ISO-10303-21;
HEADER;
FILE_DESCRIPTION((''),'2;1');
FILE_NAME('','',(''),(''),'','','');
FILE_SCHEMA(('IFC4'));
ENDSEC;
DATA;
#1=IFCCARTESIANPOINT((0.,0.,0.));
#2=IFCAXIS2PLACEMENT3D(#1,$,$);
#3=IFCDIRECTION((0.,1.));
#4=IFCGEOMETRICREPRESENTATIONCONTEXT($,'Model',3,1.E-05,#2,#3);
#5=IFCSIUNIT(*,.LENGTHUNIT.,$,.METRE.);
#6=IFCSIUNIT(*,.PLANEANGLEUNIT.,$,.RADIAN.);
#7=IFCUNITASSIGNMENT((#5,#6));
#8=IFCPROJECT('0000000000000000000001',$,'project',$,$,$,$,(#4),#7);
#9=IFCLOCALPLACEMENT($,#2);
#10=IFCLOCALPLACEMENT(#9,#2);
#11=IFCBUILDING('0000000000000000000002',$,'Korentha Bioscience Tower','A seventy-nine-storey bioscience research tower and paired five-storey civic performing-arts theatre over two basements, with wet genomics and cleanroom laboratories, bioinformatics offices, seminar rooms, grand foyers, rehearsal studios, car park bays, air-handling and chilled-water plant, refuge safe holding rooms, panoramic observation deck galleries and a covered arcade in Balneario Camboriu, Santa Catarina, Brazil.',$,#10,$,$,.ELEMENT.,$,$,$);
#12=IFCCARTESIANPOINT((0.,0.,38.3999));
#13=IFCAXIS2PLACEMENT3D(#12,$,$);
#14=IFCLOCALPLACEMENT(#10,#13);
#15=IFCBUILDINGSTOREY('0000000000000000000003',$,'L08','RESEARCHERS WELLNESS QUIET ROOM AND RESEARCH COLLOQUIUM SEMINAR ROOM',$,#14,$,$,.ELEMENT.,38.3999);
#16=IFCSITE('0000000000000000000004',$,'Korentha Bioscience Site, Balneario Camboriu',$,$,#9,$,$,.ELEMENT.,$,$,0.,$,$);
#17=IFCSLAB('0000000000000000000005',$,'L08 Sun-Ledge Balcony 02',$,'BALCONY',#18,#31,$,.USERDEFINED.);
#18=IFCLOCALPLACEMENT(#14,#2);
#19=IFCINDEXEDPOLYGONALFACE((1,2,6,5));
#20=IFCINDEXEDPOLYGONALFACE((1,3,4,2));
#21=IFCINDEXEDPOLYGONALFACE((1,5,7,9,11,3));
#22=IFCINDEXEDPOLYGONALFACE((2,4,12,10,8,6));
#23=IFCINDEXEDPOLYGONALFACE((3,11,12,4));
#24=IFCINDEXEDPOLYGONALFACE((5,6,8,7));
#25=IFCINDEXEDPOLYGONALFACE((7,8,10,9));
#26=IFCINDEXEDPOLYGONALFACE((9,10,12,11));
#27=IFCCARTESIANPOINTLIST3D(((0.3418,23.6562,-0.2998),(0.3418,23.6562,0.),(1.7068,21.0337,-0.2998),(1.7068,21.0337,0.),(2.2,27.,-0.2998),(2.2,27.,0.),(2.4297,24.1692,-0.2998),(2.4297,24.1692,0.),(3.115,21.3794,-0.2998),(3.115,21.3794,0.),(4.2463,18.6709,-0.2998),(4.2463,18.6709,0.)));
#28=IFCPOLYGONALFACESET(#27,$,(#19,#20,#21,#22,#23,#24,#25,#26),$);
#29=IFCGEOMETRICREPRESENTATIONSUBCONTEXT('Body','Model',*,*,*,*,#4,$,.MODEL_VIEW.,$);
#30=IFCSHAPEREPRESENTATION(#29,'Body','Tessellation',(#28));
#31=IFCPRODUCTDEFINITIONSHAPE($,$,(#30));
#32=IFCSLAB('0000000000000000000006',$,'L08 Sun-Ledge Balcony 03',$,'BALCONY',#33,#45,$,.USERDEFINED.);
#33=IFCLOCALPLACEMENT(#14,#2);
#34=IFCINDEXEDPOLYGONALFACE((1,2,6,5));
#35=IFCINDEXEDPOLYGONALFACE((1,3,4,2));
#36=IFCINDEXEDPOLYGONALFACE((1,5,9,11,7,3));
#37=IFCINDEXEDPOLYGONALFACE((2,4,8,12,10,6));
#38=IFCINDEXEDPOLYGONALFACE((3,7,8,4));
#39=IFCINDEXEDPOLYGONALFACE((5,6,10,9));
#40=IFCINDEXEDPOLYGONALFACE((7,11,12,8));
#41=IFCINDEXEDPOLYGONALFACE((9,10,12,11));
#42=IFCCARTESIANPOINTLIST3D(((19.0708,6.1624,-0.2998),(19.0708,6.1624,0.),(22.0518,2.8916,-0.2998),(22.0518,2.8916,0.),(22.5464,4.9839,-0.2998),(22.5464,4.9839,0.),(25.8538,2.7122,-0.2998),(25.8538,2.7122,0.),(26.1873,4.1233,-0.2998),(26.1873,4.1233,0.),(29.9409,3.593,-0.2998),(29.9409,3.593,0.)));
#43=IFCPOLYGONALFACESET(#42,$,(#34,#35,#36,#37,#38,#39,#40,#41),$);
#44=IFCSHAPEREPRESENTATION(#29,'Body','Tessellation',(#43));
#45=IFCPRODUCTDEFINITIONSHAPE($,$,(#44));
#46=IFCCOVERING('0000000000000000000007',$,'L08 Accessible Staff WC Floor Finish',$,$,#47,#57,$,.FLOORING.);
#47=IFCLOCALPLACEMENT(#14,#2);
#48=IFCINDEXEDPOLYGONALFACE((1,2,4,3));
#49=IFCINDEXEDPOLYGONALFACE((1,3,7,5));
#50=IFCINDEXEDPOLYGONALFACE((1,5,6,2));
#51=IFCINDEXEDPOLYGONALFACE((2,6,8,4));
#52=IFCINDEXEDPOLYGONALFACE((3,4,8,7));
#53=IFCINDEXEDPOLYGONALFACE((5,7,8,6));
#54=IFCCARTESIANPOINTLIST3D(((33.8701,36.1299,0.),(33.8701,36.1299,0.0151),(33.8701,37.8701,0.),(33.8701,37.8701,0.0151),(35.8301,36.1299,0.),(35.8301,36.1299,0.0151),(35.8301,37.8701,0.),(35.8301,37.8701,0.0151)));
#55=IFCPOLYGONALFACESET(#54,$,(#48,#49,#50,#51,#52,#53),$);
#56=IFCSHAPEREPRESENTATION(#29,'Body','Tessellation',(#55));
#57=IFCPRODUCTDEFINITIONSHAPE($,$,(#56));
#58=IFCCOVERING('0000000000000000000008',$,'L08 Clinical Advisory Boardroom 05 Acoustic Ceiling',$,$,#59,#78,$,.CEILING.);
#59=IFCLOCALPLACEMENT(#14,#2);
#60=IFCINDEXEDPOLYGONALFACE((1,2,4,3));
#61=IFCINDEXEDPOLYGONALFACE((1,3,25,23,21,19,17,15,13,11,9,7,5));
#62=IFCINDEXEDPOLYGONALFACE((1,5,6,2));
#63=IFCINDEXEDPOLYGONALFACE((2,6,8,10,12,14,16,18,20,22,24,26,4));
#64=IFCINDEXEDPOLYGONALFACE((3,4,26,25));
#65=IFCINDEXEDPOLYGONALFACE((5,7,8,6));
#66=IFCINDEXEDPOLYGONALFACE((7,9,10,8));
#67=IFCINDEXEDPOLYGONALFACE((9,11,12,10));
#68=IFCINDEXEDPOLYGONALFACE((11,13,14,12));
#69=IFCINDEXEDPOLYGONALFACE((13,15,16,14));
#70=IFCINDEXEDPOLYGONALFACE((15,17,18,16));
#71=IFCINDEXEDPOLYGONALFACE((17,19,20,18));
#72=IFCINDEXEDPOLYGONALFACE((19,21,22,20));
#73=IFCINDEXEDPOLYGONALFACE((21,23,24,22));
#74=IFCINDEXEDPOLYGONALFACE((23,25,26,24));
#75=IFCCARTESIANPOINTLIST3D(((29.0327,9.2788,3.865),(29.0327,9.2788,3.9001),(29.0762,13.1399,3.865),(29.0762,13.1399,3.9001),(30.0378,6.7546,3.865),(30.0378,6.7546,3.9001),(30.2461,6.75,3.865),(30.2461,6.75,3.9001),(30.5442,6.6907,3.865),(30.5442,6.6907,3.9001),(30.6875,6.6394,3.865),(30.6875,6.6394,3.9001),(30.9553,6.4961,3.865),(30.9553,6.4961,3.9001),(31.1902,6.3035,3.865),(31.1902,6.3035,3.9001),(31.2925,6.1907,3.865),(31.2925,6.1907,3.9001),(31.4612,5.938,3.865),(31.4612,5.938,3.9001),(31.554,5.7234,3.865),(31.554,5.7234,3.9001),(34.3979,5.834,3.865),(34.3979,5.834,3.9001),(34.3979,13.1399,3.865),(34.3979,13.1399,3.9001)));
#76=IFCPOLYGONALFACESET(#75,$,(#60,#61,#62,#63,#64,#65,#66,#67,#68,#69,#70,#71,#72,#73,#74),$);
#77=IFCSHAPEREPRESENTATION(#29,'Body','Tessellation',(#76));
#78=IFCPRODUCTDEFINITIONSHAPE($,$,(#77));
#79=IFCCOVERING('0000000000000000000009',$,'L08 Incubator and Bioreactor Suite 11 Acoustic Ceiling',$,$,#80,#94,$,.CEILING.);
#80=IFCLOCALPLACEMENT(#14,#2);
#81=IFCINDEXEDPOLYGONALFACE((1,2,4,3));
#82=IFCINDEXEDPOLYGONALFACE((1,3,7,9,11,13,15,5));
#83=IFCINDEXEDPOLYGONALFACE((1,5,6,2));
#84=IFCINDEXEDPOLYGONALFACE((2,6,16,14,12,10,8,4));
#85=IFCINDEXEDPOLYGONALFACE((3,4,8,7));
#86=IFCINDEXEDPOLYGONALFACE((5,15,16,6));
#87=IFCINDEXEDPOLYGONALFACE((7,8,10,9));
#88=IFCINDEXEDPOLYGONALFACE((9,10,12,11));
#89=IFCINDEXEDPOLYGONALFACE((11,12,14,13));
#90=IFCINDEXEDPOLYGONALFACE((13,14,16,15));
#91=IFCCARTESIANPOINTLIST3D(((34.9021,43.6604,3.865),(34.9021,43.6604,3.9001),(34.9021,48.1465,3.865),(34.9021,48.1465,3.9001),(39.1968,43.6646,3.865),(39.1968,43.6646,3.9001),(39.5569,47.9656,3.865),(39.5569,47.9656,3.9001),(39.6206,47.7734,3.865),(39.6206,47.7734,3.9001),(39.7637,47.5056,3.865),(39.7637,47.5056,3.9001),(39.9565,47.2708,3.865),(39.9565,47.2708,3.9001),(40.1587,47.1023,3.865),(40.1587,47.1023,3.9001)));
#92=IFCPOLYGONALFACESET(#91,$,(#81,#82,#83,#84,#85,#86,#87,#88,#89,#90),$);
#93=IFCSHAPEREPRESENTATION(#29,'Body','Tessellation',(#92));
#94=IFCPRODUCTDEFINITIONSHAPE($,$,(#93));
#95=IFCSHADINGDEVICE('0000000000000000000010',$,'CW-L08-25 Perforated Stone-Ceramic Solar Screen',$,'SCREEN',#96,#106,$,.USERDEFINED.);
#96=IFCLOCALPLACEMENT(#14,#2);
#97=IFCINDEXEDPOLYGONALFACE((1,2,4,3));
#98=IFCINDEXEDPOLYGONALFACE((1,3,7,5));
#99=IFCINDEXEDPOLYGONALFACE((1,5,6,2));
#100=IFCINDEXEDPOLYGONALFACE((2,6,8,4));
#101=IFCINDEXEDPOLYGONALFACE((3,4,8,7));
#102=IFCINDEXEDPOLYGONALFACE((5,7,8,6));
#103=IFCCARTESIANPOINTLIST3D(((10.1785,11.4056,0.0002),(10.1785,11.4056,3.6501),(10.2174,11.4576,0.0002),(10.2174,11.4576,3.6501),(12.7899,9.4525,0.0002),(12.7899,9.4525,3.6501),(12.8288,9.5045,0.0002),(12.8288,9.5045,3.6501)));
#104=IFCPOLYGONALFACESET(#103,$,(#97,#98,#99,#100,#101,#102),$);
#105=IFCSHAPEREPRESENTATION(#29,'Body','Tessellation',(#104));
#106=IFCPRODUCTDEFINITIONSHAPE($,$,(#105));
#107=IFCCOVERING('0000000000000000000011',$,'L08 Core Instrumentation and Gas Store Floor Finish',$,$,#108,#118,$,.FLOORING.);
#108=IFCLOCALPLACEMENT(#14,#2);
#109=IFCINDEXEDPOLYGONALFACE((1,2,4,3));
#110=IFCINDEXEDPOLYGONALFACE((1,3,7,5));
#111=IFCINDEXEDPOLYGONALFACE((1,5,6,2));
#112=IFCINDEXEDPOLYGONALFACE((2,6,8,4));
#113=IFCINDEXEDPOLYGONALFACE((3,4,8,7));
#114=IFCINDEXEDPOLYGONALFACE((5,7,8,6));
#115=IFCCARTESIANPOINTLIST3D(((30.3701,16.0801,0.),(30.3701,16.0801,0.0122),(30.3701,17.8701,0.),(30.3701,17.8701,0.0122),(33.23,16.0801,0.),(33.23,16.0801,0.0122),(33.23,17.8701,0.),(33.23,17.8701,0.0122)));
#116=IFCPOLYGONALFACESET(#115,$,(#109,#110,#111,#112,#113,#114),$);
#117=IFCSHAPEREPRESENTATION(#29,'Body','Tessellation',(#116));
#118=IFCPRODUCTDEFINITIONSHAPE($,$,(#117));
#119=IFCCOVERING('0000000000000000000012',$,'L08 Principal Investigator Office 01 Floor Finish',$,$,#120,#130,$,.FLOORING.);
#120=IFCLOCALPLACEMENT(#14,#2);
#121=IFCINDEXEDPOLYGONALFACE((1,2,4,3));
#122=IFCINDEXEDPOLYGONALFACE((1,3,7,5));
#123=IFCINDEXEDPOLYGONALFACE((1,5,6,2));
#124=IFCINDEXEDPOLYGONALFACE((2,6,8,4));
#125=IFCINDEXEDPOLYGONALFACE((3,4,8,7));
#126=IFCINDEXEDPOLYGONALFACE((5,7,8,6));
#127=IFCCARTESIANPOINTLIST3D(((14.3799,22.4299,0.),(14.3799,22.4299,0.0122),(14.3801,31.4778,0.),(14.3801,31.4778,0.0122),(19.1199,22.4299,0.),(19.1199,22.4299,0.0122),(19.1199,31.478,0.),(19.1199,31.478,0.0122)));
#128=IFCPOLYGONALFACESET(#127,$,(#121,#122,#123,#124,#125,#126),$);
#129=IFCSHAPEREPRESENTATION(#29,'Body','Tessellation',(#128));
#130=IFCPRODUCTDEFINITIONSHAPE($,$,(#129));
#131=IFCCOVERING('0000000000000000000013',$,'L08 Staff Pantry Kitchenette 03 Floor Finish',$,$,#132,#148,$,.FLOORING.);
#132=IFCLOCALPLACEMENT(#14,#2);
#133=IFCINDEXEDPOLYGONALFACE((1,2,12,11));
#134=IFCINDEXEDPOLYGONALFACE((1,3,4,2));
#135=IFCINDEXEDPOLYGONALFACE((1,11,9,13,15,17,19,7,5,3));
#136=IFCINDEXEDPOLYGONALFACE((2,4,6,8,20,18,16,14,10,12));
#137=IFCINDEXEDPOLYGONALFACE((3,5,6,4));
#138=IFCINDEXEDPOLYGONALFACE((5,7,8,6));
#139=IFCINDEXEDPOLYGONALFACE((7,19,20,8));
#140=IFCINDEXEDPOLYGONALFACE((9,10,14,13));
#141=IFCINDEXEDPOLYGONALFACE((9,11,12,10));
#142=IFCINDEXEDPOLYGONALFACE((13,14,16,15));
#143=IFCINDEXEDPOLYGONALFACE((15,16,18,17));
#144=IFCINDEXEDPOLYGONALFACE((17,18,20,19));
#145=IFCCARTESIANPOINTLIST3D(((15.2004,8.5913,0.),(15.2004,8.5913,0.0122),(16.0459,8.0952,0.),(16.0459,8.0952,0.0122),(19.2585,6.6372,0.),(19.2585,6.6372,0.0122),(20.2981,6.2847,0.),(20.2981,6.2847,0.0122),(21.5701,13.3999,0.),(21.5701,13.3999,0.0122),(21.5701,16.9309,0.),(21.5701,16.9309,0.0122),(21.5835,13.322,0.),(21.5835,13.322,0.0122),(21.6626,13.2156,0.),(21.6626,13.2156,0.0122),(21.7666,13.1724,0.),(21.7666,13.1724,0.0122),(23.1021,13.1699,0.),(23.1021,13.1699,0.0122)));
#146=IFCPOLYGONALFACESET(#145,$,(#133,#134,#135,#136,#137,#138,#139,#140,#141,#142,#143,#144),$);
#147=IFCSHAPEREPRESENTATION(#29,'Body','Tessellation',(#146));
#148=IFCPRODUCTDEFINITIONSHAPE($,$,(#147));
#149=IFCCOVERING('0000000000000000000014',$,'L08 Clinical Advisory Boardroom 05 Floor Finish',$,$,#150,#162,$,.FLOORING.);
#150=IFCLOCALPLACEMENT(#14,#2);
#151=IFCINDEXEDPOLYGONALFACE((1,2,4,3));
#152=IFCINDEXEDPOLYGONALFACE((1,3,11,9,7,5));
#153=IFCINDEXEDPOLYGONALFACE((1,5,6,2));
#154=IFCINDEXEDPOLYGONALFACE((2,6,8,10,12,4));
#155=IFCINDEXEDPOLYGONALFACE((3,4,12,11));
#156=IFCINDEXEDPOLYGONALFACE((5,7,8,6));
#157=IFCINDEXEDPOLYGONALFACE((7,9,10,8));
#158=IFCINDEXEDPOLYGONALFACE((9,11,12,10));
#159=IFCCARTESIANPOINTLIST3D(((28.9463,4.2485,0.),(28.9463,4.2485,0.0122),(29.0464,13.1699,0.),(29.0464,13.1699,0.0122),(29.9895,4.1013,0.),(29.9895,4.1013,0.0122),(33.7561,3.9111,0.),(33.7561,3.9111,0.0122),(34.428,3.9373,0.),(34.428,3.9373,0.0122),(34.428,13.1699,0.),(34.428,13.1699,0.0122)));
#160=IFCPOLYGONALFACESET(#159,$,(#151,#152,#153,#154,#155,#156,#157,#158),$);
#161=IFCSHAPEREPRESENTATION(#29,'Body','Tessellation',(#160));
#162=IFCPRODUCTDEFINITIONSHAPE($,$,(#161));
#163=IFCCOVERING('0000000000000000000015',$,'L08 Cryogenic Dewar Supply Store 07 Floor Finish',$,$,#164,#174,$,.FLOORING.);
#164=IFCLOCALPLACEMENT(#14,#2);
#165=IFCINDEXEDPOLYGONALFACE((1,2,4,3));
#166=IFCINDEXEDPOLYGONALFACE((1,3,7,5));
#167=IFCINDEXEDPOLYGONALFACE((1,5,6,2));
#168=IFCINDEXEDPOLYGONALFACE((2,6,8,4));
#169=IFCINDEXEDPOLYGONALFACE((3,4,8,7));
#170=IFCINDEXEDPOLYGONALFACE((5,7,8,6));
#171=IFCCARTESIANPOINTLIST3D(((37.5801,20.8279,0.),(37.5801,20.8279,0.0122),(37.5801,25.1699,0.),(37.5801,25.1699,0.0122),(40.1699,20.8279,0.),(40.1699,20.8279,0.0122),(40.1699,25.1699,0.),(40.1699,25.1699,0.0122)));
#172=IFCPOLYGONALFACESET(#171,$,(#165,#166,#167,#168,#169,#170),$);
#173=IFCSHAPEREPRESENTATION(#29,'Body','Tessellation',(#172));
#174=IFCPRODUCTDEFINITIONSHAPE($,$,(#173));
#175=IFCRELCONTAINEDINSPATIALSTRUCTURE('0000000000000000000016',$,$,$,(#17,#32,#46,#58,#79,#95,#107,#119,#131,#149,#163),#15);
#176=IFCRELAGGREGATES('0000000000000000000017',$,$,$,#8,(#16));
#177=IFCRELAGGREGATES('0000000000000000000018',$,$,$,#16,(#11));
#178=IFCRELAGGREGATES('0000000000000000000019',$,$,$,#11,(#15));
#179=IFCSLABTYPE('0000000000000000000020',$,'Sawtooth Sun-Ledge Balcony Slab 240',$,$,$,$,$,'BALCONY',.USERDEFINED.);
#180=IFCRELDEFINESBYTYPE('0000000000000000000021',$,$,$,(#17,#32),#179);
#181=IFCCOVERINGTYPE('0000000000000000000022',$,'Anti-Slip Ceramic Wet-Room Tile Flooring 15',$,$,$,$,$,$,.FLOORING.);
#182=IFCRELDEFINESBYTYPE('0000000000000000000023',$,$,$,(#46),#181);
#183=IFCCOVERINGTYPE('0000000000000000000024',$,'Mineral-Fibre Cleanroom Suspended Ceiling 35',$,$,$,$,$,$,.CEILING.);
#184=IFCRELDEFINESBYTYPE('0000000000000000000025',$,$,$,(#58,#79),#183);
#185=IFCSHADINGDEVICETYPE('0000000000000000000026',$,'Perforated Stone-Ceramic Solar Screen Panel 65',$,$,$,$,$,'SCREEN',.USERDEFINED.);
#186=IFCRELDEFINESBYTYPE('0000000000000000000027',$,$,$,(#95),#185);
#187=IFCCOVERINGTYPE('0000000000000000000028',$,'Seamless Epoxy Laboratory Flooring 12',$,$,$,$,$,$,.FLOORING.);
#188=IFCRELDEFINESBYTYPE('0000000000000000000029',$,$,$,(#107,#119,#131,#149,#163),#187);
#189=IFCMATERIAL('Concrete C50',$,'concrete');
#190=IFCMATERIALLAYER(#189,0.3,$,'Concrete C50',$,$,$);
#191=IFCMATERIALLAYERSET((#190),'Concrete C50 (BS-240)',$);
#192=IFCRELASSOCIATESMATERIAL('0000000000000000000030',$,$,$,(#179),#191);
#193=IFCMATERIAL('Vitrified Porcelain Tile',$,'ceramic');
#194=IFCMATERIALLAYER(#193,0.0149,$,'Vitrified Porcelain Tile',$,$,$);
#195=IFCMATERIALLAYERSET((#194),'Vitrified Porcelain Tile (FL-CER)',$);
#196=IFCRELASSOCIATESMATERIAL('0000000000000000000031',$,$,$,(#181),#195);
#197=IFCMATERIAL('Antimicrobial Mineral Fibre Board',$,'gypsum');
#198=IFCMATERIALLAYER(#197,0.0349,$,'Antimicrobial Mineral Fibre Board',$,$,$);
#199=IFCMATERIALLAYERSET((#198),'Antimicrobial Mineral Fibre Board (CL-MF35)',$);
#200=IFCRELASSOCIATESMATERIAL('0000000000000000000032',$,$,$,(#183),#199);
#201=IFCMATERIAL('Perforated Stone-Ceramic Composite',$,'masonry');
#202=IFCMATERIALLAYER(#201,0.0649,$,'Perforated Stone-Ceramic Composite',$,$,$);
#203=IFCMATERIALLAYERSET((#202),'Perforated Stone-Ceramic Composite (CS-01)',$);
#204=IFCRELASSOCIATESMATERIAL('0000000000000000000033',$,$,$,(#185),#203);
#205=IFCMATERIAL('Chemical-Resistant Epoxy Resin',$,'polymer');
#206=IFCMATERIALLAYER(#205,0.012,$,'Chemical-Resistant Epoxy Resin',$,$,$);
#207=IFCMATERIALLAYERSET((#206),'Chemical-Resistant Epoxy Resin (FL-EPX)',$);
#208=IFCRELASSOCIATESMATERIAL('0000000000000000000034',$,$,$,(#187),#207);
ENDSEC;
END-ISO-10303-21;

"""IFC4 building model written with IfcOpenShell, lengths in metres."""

from ifc_helpers import new_model, si_unit, direction, frame, origin, origin_2d, place, context, subcontext, project, spatial, polyline, rectangle, outline, extrude, material, layer, layer_set, type_object, element, save


model = new_model("IFC4")

# Units and contexts
model_context = context("Model", 3, precision=1e-05, world=origin(), true_north=direction((0.0, 1.0)))
body_context = subcontext(model_context, "Body", "Model", "MODEL_VIEW")
ifc_project = project(units=[si_unit("LENGTHUNIT", "METRE"), si_unit("PLANEANGLEUNIT", "RADIAN")], contexts=[model_context])

# Site, building, storey
site_placement = place(None, origin())
site = spatial("IfcSite", under=ifc_project, at=site_placement, Name="Korentha Bioscience Site, Balneario Camboriu", CompositionType="ELEMENT", RefElevation=0.0)
building_placement = place(site_placement, origin())
building = spatial("IfcBuilding", under=site, at=building_placement, Name="Korentha Bioscience Tower", Description="A seventy-nine-storey bioscience research tower and paired five-storey civic performing-arts theatre over two basements, with wet genomics and cleanroom laboratories, bioinformatics offices, seminar rooms, grand foyers, rehearsal studios, car park bays, air-handling and chilled-water plant, refuge safe holding rooms, panoramic observation deck galleries and a covered arcade in Balneario Camboriu, Santa Catarina, Brazil.", CompositionType="ELEMENT")
storey_placement = place(building_placement, frame((0.0, 0.0, 38.3999)))
storey = spatial("IfcBuildingStorey", under=building, at=storey_placement, Name="L08", Description="RESEARCHERS WELLNESS QUIET ROOM AND RESEARCH COLLOQUIUM SEMINAR ROOM", CompositionType="ELEMENT", Elevation=38.3999)

# Shared definitions
ifc_material_1 = material(Name="Concrete C50", Category="concrete")

# Slabs
ifc_layer_1 = layer(ifc_material_1, 0.3, Name="Concrete C50")
ifc_layer_set_1 = layer_set([ifc_layer_1], Name="Concrete C50 (BS-240)")
slab_type_1 = type_object("IfcSlabType", Name="Sawtooth Sun-Ledge Balcony Slab 240", ElementType="BALCONY", PredefinedType="USERDEFINED", material=ifc_layer_set_1)
slab_1_placement = place(storey_placement, frame((0.0, 0.0, -0.2998)))
element("IfcSlab", 1, at=slab_1_placement, inside=storey, type_object=slab_type_1, Name="L08 Sun-Ledge Balcony 02", ObjectType="BALCONY", PredefinedType="USERDEFINED", context=body_context, shape_type="SweptSolid", body=[
    extrude(outline(polyline([(4.2463, 18.6709), (3.115, 21.3794), (2.4297, 24.1692), (2.2, 27.0), (0.3418, 23.6562), (1.7068, 21.0337), (4.2463, 18.6709)])), origin(), (0.0, 0.0, 1.0), 0.2998),
])
slab_2_placement = place(storey_placement, frame((0.0, 0.0, -0.2998)))
element("IfcSlab", 2, at=slab_2_placement, inside=storey, type_object=slab_type_1, Name="L08 Sun-Ledge Balcony 03", ObjectType="BALCONY", PredefinedType="USERDEFINED", context=body_context, shape_type="SweptSolid", body=[
    extrude(outline(polyline([(29.9409, 3.593), (26.1873, 4.1233), (22.5464, 4.9839), (19.0708, 6.1624), (22.0518, 2.8916), (25.8538, 2.7122), (29.9409, 3.593)])), origin(), (0.0, 0.0, 1.0), 0.2998),
])

# Coverings
ifc_material_2 = material(Name="Vitrified Porcelain Tile", Category="ceramic")
ifc_layer_2 = layer(ifc_material_2, 0.0149, Name="Vitrified Porcelain Tile")
ifc_layer_set_2 = layer_set([ifc_layer_2], Name="Vitrified Porcelain Tile (FL-CER)")
covering_type_1 = type_object("IfcCoveringType", Name="Anti-Slip Ceramic Wet-Room Tile Flooring 15", PredefinedType="FLOORING", material=ifc_layer_set_2)
covering_1_placement = place(storey_placement, origin())
element("IfcCovering", 3, at=covering_1_placement, inside=storey, type_object=covering_type_1, Name="L08 Accessible Staff WC Floor Finish", PredefinedType="FLOORING", context=body_context, shape_type="SweptSolid", body=[
    extrude(outline(polyline([(33.8701, 36.1299), (33.8701, 37.8701), (35.8301, 37.8701), (35.8301, 36.1299), (33.8701, 36.1299)])), origin(), (0.0, 0.0, 1.0), 0.0151),
])
ifc_material_3 = material(Name="Antimicrobial Mineral Fibre Board", Category="gypsum")
ifc_layer_3 = layer(ifc_material_3, 0.0349, Name="Antimicrobial Mineral Fibre Board")
ifc_layer_set_3 = layer_set([ifc_layer_3], Name="Antimicrobial Mineral Fibre Board (CL-MF35)")
covering_type_2 = type_object("IfcCoveringType", Name="Mineral-Fibre Cleanroom Suspended Ceiling 35", PredefinedType="CEILING", material=ifc_layer_set_3)
covering_2_placement = place(storey_placement, frame((0.0, 0.0, 3.865)))
element("IfcCovering", 4, at=covering_2_placement, inside=storey, type_object=covering_type_2, Name="L08 Clinical Advisory Boardroom 05 Acoustic Ceiling", PredefinedType="CEILING", context=body_context, shape_type="SweptSolid", body=[
    extrude(outline(polyline([(34.3979, 5.834), (31.554, 5.7234), (31.4612, 5.938), (31.2925, 6.1907), (31.1902, 6.3035), (30.9553, 6.4961), (30.6875, 6.6394), (30.5442, 6.6907), (30.2461, 6.75), (30.0378, 6.7546), (29.0327, 9.2788), (29.0762, 13.1399), (34.3979, 13.1399), (34.3979, 5.834)])), origin(), (0.0, 0.0, 1.0), 0.0352),
])
covering_3_placement = place(storey_placement, frame((0.0, 0.0, 3.865)))
element("IfcCovering", 5, at=covering_3_placement, inside=storey, type_object=covering_type_2, Name="L08 Incubator and Bioreactor Suite 11 Acoustic Ceiling", PredefinedType="CEILING", context=body_context, shape_type="SweptSolid", body=[
    extrude(outline(polyline([(34.9021, 48.1465), (39.5569, 47.9656), (39.6206, 47.7734), (39.7637, 47.5056), (39.9565, 47.2708), (40.1587, 47.1023), (39.1968, 43.6646), (34.9021, 43.6604), (34.9021, 48.1465)])), origin(), (0.0, 0.0, 1.0), 0.0352),
])

# Shading device
ifc_material_4 = material(Name="Perforated Stone-Ceramic Composite", Category="masonry")
ifc_layer_4 = layer(ifc_material_4, 0.0649, Name="Perforated Stone-Ceramic Composite")
ifc_layer_set_4 = layer_set([ifc_layer_4], Name="Perforated Stone-Ceramic Composite (CS-01)")
shading_device_type_1 = type_object("IfcShadingDeviceType", Name="Perforated Stone-Ceramic Solar Screen Panel 65", ElementType="SCREEN", PredefinedType="USERDEFINED", material=ifc_layer_set_4)
shading_device_1_placement = place(storey_placement, frame((11.5037, 10.4551, 0.0002), z_axis=(0.0, 0.0, 1.0), x_axis=(0.800798, -0.598935, 0.0)))
element("IfcShadingDevice", 6, at=shading_device_1_placement, inside=storey, type_object=shading_device_type_1, Name="CW-L08-25 Perforated Stone-Ceramic Solar Screen", ObjectType="SCREEN", PredefinedType="USERDEFINED", context=body_context, shape_type="SweptSolid", body=[
    extrude(rectangle(XDim=3.261, YDim=0.0649, at=origin_2d()), origin(), (0.0, 0.0, 1.0), 3.6499),
])

# Coverings
ifc_material_5 = material(Name="Chemical-Resistant Epoxy Resin", Category="polymer")
ifc_layer_5 = layer(ifc_material_5, 0.012, Name="Chemical-Resistant Epoxy Resin")
ifc_layer_set_5 = layer_set([ifc_layer_5], Name="Chemical-Resistant Epoxy Resin (FL-EPX)")
covering_type_3 = type_object("IfcCoveringType", Name="Seamless Epoxy Laboratory Flooring 12", PredefinedType="FLOORING", material=ifc_layer_set_5)
covering_4_placement = place(storey_placement, origin())
element("IfcCovering", 7, at=covering_4_placement, inside=storey, type_object=covering_type_3, Name="L08 Core Instrumentation and Gas Store Floor Finish", PredefinedType="FLOORING", context=body_context, shape_type="SweptSolid", body=[
    extrude(outline(polyline([(30.3701, 16.0801), (30.3701, 17.8701), (33.23, 17.8701), (33.23, 16.0801), (30.3701, 16.0801)])), origin(), (0.0, 0.0, 1.0), 0.0122),
])
covering_5_placement = place(storey_placement, origin())
element("IfcCovering", 8, at=covering_5_placement, inside=storey, type_object=covering_type_3, Name="L08 Principal Investigator Office 01 Floor Finish", PredefinedType="FLOORING", context=body_context, shape_type="SweptSolid", body=[
    extrude(outline(polyline([(14.3799, 22.4299), (14.3801, 31.4778), (19.1199, 31.478), (19.1199, 22.4299), (14.3799, 22.4299)])), origin(), (0.0, 0.0, 1.0), 0.0122),
])
covering_6_placement = place(storey_placement, origin())
element("IfcCovering", 9, at=covering_6_placement, inside=storey, type_object=covering_type_3, Name="L08 Staff Pantry Kitchenette 03 Floor Finish", PredefinedType="FLOORING", context=body_context, shape_type="SweptSolid", body=[
    extrude(outline(polyline([(15.2004, 8.5913), (21.5701, 16.9309), (21.5701, 13.3999), (21.5835, 13.322), (21.6626, 13.2156), (21.7666, 13.1724), (23.1021, 13.1699), (20.2981, 6.2847), (19.2585, 6.6372), (16.0459, 8.0952), (15.2004, 8.5913)])), origin(), (0.0, 0.0, 1.0), 0.0122),
])
covering_7_placement = place(storey_placement, origin())
element("IfcCovering", 10, at=covering_7_placement, inside=storey, type_object=covering_type_3, Name="L08 Clinical Advisory Boardroom 05 Floor Finish", PredefinedType="FLOORING", context=body_context, shape_type="SweptSolid", body=[
    extrude(outline(polyline([(29.0464, 13.1699), (34.428, 13.1699), (34.428, 3.9373), (33.7561, 3.9111), (29.9895, 4.1013), (28.9463, 4.2485), (29.0464, 13.1699)])), origin(), (0.0, 0.0, 1.0), 0.0122),
])
covering_8_placement = place(storey_placement, origin())
element("IfcCovering", 11, at=covering_8_placement, inside=storey, type_object=covering_type_3, Name="L08 Cryogenic Dewar Supply Store 07 Floor Finish", PredefinedType="FLOORING", context=body_context, shape_type="SweptSolid", body=[
    extrude(outline(polyline([(37.5801, 25.1699), (40.1699, 25.1699), (40.1699, 20.8279), (37.5801, 20.8279), (37.5801, 25.1699)])), origin(), (0.0, 0.0, 1.0), 0.0122),
])

save(model, "model.ifc")
